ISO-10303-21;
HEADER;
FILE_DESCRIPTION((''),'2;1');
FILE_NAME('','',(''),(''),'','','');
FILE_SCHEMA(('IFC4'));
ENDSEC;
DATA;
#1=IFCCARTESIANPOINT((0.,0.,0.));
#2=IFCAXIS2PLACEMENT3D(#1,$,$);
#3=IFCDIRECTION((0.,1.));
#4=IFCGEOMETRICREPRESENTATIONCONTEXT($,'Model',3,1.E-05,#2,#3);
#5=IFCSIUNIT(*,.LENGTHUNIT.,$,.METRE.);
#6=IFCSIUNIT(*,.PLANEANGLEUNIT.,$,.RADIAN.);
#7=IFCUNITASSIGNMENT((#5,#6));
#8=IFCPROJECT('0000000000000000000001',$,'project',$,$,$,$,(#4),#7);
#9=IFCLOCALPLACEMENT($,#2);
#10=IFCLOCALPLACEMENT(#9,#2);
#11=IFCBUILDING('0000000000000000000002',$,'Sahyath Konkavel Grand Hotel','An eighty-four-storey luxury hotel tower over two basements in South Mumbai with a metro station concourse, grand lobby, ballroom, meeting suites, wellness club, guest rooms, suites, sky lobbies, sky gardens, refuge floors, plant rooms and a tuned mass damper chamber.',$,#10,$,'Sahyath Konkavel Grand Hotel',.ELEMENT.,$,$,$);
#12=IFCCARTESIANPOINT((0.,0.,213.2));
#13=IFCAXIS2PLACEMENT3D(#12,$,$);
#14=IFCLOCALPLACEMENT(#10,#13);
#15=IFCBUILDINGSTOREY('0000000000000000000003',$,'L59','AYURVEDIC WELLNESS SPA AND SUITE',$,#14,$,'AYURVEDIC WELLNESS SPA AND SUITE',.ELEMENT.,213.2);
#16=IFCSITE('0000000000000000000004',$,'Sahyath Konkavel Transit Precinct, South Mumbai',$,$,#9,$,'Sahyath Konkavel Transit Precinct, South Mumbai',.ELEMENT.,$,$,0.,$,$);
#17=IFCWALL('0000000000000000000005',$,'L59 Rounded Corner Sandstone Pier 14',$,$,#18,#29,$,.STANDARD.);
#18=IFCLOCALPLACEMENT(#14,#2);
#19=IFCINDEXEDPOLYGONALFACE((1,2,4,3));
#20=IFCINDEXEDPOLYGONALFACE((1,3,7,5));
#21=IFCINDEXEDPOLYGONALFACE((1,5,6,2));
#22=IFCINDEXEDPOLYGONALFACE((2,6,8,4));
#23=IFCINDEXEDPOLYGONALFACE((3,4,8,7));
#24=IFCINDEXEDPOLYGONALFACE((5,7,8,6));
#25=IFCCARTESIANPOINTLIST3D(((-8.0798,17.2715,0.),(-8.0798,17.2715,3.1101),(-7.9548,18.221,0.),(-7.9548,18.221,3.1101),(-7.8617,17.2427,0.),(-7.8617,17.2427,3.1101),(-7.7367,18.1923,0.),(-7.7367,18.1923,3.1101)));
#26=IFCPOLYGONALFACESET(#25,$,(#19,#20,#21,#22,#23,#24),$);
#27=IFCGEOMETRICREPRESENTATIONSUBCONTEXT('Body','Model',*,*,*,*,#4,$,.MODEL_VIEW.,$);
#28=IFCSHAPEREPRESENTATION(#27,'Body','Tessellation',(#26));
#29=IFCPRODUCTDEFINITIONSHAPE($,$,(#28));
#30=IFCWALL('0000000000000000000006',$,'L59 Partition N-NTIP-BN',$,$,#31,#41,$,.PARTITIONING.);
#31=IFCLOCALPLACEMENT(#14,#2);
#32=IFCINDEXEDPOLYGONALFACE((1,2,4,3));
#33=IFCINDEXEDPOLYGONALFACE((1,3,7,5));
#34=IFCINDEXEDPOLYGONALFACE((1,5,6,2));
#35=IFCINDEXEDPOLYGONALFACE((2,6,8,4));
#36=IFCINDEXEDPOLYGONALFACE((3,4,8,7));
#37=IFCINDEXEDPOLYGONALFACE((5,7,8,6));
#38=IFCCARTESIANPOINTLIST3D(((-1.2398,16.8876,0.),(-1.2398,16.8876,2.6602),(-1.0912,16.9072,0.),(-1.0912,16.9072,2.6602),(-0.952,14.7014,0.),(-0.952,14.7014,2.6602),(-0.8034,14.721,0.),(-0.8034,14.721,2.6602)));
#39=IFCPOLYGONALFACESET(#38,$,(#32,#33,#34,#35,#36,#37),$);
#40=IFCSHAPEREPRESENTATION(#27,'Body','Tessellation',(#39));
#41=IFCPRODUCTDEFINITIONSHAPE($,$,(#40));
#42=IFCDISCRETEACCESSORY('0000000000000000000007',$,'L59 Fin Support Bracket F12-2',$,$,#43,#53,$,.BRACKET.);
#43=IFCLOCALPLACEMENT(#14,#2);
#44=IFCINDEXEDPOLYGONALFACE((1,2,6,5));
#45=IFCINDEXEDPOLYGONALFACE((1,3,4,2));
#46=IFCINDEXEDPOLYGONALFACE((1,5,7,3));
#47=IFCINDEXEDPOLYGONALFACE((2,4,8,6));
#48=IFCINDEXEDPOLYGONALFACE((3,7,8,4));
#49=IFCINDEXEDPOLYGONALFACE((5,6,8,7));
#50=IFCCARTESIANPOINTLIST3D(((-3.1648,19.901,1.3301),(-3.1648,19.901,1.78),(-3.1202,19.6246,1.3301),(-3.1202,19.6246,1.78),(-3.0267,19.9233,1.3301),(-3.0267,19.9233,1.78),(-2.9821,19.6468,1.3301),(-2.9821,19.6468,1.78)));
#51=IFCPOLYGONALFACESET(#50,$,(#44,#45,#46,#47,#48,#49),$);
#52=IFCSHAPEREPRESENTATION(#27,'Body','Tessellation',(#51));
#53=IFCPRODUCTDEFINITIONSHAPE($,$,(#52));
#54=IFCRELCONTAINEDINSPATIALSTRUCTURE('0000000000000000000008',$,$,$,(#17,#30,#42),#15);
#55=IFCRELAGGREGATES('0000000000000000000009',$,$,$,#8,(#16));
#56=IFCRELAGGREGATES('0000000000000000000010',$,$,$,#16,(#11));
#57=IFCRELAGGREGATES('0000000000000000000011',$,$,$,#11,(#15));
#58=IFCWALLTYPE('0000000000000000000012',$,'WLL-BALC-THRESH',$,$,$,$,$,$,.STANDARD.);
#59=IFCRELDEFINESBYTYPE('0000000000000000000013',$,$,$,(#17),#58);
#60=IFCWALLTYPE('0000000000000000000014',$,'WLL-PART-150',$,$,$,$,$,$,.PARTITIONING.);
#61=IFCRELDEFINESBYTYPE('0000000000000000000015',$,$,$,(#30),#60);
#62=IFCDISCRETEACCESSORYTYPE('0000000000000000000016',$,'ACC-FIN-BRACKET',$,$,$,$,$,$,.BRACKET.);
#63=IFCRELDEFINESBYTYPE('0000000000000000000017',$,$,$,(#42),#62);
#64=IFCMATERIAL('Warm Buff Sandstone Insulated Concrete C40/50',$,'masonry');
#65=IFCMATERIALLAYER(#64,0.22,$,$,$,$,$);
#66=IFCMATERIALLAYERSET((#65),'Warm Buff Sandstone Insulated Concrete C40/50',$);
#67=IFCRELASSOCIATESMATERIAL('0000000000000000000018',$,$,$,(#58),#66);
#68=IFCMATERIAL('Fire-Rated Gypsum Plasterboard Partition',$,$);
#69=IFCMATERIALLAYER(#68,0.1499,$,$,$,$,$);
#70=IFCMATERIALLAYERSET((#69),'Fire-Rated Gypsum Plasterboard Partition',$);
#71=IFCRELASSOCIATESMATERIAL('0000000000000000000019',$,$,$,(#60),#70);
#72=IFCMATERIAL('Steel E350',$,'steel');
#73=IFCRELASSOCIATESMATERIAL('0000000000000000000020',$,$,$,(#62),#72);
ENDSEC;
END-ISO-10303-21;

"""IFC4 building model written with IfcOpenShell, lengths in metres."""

from ifc_helpers import new_model, si_unit, direction, frame, frame_2d, origin, origin_2d, place, context, subcontext, project, spatial, rectangle, extrude, source, transform, mapped, material, layer, layer_set, type_object, element, save


model = new_model("IFC4")

# Units and contexts
model_context = context("Model", 3, precision=1e-05, world=origin(), true_north=direction((0.0, 1.0)))
body_context = subcontext(model_context, "Body", "Model", "MODEL_VIEW")
ifc_project = project(units=[si_unit("LENGTHUNIT", "METRE"), si_unit("PLANEANGLEUNIT", "RADIAN")], contexts=[model_context])

# Site, building, storey
site_placement = place(None, origin())
site = spatial("IfcSite", under=ifc_project, at=site_placement, Name="Sahyath Konkavel Transit Precinct, South Mumbai", LongName="Sahyath Konkavel Transit Precinct, South Mumbai", CompositionType="ELEMENT", RefElevation=0.0)
building_placement = place(site_placement, origin())
building = spatial("IfcBuilding", under=site, at=building_placement, Name="Sahyath Konkavel Grand Hotel", Description="An eighty-four-storey luxury hotel tower over two basements in South Mumbai with a metro station concourse, grand lobby, ballroom, meeting suites, wellness club, guest rooms, suites, sky lobbies, sky gardens, refuge floors, plant rooms and a tuned mass damper chamber.", LongName="Sahyath Konkavel Grand Hotel", CompositionType="ELEMENT")
storey_placement = place(building_placement, frame((0.0, 0.0, 213.2)))
storey = spatial("IfcBuildingStorey", under=building, at=storey_placement, Name="L59", Description="AYURVEDIC WELLNESS SPA AND SUITE", LongName="AYURVEDIC WELLNESS SPA AND SUITE", CompositionType="ELEMENT", Elevation=213.2)

# Shared definitions
ifc_material_1 = material(Name="Steel E350", Category="steel")

# Walls
ifc_material_2 = material(Name="Warm Buff Sandstone Insulated Concrete C40/50", Category="masonry")
ifc_layer_1 = layer(ifc_material_2, 0.22)
ifc_layer_set_1 = layer_set([ifc_layer_1], Name="Warm Buff Sandstone Insulated Concrete C40/50")
wall_type_1 = type_object("IfcWallType", Name="WLL-BALC-THRESH", PredefinedType="STANDARD", material=ifc_layer_set_1)
wall_1_placement = place(storey_placement, frame((-7.8457, 18.2068, 0.0), z_axis=(0.0, 0.0, 1.0), x_axis=(-0.130527, -0.991445, 0.0)))
element("IfcWall", 1, at=wall_1_placement, inside=storey, type_object=wall_type_1, Name="L59 Rounded Corner Sandstone Pier 14", PredefinedType="STANDARD", context=body_context, shape_type="SweptSolid", body=[
    extrude(rectangle(XDim=0.9578, YDim=0.22, at=frame_2d((0.479, 0.0))), origin(), (0.0, 0.0, 1.0), 3.1101),
])
ifc_material_3 = material(Name="Fire-Rated Gypsum Plasterboard Partition")
ifc_layer_2 = layer(ifc_material_3, 0.1499)
ifc_layer_set_2 = layer_set([ifc_layer_2], Name="Fire-Rated Gypsum Plasterboard Partition")
wall_type_2 = type_object("IfcWallType", Name="WLL-PART-150", PredefinedType="PARTITIONING", material=ifc_layer_set_2)
wall_2_placement = place(storey_placement, frame((-0.8777, 14.7112, 0.0), z_axis=(0.0, 0.0, 1.0), x_axis=(-0.130532, 0.991444, 0.0)))
element("IfcWall", 2, at=wall_2_placement, inside=storey, type_object=wall_type_2, Name="L59 Partition N-NTIP-BN", PredefinedType="PARTITIONING", context=body_context, shape_type="SweptSolid", body=[
    extrude(rectangle(XDim=2.2051, YDim=0.1499, at=frame_2d((1.1025, 0.0))), origin(), (0.0, 0.0, 1.0), 2.6602),
])

# Discrete accessory
discrete_accessory_type = type_object("IfcDiscreteAccessoryType", Name="ACC-FIN-BRACKET", PredefinedType="BRACKET", material=ifc_material_1)
shared_shape_1 = source(origin(), body_context, "Body", "SweptSolid", [
    extrude(rectangle(XDim=0.28, YDim=0.1399, at=origin_2d()), origin(), (0.0, 0.0, 1.0), 0.45),
])
discrete_accessory_placement = place(storey_placement, frame((-3.0735, 19.7739, 1.3301), z_axis=(0.0, 0.0, 1.0), x_axis=(-0.159295, 0.987231, 0.0)))
element("IfcDiscreteAccessory", 3, at=discrete_accessory_placement, inside=storey, type_object=discrete_accessory_type, Name="L59 Fin Support Bracket F12-2", PredefinedType="BRACKET", context=body_context, shape_type="MappedRepresentation", body=[
    mapped(shared_shape_1, transform((0.0, 0.0, 0.0), scale=1.0)),
])

save(model, "model.ifc")
